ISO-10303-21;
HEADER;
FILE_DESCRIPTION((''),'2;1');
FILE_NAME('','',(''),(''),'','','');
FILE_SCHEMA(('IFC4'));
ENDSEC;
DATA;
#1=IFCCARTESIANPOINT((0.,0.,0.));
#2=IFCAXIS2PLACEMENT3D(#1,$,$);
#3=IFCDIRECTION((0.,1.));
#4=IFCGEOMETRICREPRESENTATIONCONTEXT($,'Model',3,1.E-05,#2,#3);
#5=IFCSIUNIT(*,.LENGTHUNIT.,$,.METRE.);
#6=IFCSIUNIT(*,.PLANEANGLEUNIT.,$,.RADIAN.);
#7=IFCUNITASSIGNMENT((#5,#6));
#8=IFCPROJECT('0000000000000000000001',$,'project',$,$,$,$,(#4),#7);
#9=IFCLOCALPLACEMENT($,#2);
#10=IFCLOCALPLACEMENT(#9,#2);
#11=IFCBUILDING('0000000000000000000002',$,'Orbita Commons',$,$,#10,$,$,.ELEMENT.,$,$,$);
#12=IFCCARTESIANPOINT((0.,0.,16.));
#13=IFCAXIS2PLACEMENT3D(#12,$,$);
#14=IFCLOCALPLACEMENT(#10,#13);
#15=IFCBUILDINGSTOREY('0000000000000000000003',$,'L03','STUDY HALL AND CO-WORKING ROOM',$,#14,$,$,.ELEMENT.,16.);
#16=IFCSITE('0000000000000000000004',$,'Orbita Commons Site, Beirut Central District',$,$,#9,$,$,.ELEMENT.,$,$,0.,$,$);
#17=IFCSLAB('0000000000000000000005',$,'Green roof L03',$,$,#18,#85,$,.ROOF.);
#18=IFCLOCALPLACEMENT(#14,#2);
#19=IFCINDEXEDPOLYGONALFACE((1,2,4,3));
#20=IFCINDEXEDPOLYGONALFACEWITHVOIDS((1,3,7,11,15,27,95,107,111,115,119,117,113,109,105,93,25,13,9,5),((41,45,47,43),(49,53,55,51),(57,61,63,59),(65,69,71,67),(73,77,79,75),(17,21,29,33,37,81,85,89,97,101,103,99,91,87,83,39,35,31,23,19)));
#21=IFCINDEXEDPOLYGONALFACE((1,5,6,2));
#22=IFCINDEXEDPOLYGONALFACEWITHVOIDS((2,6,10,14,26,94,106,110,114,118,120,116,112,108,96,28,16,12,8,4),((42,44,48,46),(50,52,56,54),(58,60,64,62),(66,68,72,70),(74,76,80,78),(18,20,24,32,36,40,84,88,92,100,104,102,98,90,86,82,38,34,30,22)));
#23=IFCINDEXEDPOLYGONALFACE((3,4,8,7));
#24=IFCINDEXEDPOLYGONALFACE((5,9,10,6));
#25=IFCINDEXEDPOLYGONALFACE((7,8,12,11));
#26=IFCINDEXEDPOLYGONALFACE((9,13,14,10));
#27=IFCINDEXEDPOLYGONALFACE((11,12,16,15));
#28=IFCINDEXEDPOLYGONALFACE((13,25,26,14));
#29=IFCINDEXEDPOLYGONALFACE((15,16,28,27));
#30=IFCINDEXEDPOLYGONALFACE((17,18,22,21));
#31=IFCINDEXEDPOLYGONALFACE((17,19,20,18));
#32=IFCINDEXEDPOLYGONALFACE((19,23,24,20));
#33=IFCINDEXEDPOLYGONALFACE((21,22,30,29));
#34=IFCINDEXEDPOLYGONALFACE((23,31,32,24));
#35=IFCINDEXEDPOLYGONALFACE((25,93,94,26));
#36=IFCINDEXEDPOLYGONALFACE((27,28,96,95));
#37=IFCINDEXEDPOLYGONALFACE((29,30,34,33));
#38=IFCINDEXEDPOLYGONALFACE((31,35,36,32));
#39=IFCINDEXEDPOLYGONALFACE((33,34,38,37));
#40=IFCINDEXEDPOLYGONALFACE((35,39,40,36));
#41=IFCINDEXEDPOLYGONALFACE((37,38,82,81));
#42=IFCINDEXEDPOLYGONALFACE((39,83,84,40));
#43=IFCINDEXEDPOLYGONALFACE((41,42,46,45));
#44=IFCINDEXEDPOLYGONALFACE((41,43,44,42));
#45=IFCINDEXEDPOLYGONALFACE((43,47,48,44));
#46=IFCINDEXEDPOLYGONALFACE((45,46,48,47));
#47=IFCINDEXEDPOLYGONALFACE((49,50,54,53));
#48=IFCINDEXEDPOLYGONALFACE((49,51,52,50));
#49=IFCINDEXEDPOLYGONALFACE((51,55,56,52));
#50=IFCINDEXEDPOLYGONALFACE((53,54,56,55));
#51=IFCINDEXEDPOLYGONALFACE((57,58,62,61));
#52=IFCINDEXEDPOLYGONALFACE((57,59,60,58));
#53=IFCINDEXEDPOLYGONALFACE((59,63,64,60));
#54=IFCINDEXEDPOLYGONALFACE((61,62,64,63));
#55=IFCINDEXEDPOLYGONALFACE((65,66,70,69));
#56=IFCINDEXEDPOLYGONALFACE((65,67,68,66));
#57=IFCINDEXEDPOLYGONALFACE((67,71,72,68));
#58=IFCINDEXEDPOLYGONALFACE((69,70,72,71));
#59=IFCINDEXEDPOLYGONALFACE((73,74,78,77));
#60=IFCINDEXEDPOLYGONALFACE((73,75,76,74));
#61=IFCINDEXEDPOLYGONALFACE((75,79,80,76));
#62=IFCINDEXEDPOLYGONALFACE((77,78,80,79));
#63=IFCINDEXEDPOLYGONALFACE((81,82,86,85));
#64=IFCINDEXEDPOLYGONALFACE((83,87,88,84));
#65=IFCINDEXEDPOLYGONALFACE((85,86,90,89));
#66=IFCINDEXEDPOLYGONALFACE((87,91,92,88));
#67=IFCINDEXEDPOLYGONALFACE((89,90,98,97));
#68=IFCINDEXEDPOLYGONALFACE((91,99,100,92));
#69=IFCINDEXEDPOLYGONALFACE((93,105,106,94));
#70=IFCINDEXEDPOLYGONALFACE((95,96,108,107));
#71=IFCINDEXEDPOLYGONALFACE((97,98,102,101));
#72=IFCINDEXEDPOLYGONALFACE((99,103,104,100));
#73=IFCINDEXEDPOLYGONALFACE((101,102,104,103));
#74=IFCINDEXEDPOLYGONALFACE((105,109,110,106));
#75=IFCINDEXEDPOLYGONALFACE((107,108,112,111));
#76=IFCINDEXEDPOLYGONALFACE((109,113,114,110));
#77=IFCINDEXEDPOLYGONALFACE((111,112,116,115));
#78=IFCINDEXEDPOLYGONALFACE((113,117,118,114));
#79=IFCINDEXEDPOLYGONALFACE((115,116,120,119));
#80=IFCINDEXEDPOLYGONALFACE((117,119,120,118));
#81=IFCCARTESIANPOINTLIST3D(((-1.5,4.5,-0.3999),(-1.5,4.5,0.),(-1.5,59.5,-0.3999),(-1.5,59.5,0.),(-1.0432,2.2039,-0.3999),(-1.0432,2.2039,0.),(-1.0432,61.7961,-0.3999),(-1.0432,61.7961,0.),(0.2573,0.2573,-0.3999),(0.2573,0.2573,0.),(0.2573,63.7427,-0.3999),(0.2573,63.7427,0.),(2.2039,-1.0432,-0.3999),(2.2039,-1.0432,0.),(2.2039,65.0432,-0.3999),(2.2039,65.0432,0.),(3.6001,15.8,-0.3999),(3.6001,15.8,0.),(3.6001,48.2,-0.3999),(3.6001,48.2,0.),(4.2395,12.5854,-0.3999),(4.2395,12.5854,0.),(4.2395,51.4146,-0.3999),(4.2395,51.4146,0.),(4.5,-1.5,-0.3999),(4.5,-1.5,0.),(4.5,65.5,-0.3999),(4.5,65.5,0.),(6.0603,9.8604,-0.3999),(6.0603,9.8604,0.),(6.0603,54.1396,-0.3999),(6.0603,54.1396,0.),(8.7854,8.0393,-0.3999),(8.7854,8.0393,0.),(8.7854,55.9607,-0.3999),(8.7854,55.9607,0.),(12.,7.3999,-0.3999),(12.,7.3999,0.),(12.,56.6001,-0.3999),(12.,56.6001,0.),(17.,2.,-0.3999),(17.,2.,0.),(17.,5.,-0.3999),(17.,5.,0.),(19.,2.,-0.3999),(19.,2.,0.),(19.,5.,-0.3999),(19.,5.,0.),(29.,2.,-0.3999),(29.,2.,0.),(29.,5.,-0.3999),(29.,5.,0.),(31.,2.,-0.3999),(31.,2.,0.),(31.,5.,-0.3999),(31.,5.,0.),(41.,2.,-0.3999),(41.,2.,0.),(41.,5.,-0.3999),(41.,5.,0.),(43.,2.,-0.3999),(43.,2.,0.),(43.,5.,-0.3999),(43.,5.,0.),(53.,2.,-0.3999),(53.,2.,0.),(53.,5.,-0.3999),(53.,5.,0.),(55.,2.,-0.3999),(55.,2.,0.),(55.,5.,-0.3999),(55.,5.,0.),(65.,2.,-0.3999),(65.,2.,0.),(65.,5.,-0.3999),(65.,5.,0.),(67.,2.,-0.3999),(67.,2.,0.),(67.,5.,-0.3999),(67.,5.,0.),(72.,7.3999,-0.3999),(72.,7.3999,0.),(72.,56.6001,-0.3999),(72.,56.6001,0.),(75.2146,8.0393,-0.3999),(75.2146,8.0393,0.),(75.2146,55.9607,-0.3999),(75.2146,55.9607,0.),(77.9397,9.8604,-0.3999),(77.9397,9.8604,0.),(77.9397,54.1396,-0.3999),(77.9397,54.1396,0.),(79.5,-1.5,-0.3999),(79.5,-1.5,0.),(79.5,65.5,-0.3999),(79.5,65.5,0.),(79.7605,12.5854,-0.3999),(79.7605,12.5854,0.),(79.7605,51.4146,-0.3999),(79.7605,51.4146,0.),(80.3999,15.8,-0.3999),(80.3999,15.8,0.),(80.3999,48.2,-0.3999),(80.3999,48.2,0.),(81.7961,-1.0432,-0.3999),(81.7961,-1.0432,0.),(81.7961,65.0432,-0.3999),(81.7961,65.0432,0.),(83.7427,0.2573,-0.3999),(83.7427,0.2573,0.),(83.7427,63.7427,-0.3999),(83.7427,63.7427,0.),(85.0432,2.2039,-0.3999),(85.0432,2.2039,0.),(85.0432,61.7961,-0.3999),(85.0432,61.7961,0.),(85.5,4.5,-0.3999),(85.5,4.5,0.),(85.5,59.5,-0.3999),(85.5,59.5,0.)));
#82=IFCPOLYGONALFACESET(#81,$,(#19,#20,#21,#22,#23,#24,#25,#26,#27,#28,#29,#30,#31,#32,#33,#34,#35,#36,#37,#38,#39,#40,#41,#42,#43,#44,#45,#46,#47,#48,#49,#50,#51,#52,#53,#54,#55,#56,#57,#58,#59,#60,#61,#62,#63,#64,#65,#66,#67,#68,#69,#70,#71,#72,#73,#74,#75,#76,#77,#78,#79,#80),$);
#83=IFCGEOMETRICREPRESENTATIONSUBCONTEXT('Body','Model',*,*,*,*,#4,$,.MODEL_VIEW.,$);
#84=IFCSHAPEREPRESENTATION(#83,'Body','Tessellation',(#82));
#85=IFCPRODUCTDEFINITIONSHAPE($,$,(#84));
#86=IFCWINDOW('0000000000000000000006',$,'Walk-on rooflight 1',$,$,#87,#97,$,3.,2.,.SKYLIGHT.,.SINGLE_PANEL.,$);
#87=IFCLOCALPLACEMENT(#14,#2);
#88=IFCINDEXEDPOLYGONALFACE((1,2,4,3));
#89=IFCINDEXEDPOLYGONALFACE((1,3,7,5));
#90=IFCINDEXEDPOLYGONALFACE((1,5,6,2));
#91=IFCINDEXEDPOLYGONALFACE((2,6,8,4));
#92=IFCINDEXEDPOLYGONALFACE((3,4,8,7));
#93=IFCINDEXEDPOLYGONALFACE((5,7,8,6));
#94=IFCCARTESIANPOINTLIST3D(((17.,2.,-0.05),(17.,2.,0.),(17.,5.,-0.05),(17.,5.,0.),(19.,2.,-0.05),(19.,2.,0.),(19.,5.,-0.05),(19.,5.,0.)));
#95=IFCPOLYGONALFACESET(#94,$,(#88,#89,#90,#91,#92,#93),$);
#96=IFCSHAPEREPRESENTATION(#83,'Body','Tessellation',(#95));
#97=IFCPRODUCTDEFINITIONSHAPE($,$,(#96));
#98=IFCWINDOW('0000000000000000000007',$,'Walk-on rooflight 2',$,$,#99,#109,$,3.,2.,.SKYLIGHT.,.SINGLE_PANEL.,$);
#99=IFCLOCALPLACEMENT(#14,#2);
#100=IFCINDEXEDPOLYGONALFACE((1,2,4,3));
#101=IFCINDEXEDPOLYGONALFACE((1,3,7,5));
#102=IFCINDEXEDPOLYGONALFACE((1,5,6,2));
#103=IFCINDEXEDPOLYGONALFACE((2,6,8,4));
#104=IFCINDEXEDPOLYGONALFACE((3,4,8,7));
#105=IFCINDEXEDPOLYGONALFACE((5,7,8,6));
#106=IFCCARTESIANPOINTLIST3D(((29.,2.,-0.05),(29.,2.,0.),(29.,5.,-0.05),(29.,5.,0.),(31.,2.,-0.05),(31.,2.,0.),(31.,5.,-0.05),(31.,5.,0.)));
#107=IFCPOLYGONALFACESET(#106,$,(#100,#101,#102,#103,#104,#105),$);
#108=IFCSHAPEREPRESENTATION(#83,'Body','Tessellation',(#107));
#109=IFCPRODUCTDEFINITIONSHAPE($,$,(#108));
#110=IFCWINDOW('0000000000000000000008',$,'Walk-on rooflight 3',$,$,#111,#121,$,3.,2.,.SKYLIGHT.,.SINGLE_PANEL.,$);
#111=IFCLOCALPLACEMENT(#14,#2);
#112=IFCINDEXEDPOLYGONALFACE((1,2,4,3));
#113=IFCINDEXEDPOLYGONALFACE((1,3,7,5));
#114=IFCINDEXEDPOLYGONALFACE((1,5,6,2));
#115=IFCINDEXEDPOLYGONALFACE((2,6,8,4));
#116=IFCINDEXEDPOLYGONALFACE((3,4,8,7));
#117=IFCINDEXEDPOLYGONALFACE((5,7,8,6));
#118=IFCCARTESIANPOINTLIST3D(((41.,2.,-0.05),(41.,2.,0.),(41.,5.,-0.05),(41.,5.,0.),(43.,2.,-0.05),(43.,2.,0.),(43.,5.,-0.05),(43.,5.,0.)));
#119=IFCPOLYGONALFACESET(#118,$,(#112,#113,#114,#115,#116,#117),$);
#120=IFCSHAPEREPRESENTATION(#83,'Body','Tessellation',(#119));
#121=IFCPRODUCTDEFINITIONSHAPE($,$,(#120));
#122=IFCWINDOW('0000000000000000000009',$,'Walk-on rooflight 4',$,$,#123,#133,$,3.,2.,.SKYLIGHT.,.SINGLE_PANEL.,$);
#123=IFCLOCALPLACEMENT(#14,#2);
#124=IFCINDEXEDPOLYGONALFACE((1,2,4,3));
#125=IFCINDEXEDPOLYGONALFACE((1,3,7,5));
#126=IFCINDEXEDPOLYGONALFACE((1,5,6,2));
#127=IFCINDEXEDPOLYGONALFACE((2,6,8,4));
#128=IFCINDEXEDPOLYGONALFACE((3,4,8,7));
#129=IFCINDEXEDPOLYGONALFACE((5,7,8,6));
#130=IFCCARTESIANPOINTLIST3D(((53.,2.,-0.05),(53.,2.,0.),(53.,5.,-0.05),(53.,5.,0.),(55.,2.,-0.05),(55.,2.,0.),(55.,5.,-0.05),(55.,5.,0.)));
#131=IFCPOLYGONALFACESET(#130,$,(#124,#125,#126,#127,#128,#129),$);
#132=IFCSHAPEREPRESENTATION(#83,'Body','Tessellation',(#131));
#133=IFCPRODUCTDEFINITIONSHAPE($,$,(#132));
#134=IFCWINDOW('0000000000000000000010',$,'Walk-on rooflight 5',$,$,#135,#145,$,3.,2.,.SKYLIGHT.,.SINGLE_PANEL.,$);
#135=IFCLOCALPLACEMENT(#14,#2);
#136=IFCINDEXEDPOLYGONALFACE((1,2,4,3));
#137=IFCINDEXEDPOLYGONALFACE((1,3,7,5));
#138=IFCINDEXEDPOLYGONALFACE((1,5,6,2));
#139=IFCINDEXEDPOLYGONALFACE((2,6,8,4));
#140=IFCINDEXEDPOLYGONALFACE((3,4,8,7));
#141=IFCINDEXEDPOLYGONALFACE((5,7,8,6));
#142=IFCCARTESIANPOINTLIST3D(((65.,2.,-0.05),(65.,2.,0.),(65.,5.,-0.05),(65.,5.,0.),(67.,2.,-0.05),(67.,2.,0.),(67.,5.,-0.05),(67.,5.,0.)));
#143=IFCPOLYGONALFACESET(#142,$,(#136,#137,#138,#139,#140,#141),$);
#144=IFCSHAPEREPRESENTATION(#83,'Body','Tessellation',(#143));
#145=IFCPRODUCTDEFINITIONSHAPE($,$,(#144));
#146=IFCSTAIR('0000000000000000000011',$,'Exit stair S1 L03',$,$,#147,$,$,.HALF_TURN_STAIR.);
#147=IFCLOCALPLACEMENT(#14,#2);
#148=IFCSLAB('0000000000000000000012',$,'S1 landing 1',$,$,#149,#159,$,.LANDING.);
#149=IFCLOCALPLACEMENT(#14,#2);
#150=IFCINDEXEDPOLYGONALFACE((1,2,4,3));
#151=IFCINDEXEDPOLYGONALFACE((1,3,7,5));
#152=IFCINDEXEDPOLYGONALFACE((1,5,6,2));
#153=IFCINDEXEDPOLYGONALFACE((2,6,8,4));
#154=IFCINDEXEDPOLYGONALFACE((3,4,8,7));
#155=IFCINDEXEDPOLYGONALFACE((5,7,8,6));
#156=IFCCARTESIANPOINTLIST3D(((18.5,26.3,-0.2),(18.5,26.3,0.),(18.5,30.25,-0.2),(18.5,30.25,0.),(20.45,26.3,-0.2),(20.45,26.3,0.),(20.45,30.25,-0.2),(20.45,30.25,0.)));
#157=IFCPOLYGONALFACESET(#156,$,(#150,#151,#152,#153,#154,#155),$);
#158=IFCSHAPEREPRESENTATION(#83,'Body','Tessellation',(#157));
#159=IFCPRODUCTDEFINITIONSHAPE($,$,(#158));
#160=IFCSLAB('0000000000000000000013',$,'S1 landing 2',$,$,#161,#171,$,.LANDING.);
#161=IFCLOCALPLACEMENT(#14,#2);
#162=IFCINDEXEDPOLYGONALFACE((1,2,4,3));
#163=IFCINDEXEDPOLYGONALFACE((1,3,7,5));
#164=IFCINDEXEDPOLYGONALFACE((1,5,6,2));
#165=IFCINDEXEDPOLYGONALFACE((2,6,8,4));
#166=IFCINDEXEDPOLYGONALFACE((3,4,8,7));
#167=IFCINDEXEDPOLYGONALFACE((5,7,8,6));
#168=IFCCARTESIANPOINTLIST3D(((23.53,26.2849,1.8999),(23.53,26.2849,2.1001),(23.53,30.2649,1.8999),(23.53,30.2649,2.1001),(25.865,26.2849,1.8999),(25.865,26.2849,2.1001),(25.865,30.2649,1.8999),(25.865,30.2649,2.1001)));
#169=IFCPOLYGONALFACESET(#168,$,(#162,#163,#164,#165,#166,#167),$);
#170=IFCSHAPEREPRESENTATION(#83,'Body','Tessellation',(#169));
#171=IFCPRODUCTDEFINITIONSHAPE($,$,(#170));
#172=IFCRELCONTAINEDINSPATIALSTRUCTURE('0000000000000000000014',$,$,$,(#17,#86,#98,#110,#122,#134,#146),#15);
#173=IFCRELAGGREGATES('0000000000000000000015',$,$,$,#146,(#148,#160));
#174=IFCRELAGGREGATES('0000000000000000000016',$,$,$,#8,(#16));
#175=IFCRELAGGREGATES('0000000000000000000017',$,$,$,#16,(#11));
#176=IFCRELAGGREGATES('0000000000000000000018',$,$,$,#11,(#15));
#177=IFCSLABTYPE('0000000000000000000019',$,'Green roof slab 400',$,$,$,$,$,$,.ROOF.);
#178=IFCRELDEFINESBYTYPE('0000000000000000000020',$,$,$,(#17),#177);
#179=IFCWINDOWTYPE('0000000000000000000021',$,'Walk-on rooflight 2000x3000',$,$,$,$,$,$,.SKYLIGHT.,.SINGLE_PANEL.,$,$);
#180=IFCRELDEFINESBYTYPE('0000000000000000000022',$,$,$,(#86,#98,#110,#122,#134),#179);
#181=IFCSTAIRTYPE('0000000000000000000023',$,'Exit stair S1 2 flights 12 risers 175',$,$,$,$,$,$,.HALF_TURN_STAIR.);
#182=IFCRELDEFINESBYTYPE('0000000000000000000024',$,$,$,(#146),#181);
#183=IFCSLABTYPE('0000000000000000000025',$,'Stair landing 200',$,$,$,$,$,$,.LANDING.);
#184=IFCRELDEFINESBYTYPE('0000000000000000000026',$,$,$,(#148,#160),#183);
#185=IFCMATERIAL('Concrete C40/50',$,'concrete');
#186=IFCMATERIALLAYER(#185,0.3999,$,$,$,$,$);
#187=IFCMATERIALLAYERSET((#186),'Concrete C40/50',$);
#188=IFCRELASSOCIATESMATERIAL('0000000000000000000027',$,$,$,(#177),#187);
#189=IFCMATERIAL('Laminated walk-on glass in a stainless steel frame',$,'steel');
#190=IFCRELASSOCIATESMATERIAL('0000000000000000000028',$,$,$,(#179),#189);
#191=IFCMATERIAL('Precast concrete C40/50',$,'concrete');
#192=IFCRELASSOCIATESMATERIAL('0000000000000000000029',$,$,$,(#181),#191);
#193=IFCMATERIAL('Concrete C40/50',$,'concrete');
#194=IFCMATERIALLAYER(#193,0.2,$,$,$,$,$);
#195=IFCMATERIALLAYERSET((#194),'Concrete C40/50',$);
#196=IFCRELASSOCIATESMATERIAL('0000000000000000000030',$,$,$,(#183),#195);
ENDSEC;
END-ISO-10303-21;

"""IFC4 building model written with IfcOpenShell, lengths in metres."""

from ifc_helpers import new_model, si_unit, direction, frame, origin, origin_2d, place, context, subcontext, project, spatial, polyline, rectangle, outline, extrude, material, layer, layer_set, type_object, element, fill, aggregate, save


model = new_model("IFC4")

# Units and contexts
model_context = context("Model", 3, precision=1e-05, world=origin(), true_north=direction((0.0, 1.0)))
body_context = subcontext(model_context, "Body", "Model", "MODEL_VIEW")
ifc_project = project(units=[si_unit("LENGTHUNIT", "METRE"), si_unit("PLANEANGLEUNIT", "RADIAN")], contexts=[model_context])

# Site, building, storey
site_placement = place(None, origin())
site = spatial("IfcSite", under=ifc_project, at=site_placement, Name="Orbita Commons Site, Beirut Central District", CompositionType="ELEMENT", RefElevation=0.0)
building_placement = place(site_placement, origin())
building = spatial("IfcBuilding", under=site, at=building_placement, Name="Orbita Commons", CompositionType="ELEMENT")
storey_placement = place(building_placement, frame((0.0, 0.0, 16.0)))
storey = spatial("IfcBuildingStorey", under=building, at=storey_placement, Name="L03", Description="STUDY HALL AND CO-WORKING ROOM", CompositionType="ELEMENT", Elevation=16.0)

# Slab, openings, windows
ifc_material_1 = material(Name="Concrete C40/50", Category="concrete")
ifc_layer_1 = layer(ifc_material_1, 0.3999)
ifc_layer_set_1 = layer_set([ifc_layer_1], Name="Concrete C40/50")
slab_type_1 = type_object("IfcSlabType", Name="Green roof slab 400", PredefinedType="ROOF", material=ifc_layer_set_1)
slab_1_placement = place(storey_placement, frame((0.0, 0.0, -0.3999)))
slab_1 = element("IfcSlab", 1, at=slab_1_placement, inside=storey, type_object=slab_type_1, Name="Green roof L03", PredefinedType="ROOF", context=body_context, shape_type="SweptSolid", body=[
    extrude(outline(polyline([(4.5, -1.5), (2.2039, -1.0432), (0.2573, 0.2573), (-1.0432, 2.2039), (-1.5, 4.5), (-1.5, 59.5), (-1.0432, 61.7961), (0.2573, 63.7427), (2.2039, 65.0432), (4.5, 65.5), (79.5, 65.5), (81.7961, 65.0432), (83.7427, 63.7427), (85.0432, 61.7961), (85.5, 59.5), (85.5, 4.5), (85.0432, 2.2039), (83.7427, 0.2573), (81.7961, -1.0432), (79.5, -1.5), (4.5, -1.5)]), holes=[polyline([(75.2146, 8.0393), (77.9397, 9.8604), (79.7605, 12.5854), (80.3999, 15.8), (80.3999, 48.2), (79.7605, 51.4146), (77.9397, 54.1396), (75.2146, 55.9607), (72.0, 56.6001), (12.0, 56.6001), (8.7854, 55.9607), (6.0603, 54.1396), (4.2395, 51.4146), (3.6001, 48.2), (3.6001, 15.8), (4.2395, 12.5854), (6.0603, 9.8604), (8.7854, 8.0393), (12.0, 7.3999), (72.0, 7.3999), (75.2146, 8.0393)])]), origin(), (0.0, 0.0, 1.0), 0.3999),
])
opening_1_placement = place(slab_1_placement, frame((18.0, 3.5, 0.0)))
opening_1 = element("IfcOpeningElement", 2, at=opening_1_placement, cuts=slab_1, PredefinedType="OPENING", context=body_context, shape_type="SweptSolid", body=[
    extrude(rectangle(XDim=2.0, YDim=3.0, at=origin_2d()), origin(), (0.0, 0.0, 1.0), 0.3999),
])
opening_2_placement = place(slab_1_placement, frame((30.0, 3.5, 0.0)))
opening_2 = element("IfcOpeningElement", 3, at=opening_2_placement, cuts=slab_1, PredefinedType="OPENING", context=body_context, shape_type="SweptSolid", body=[
    extrude(rectangle(XDim=2.0, YDim=3.0, at=origin_2d()), origin(), (0.0, 0.0, 1.0), 0.3999),
])
opening_3_placement = place(slab_1_placement, frame((42.0, 3.5, 0.0)))
opening_3 = element("IfcOpeningElement", 4, at=opening_3_placement, cuts=slab_1, PredefinedType="OPENING", context=body_context, shape_type="SweptSolid", body=[
    extrude(rectangle(XDim=2.0, YDim=3.0, at=origin_2d()), origin(), (0.0, 0.0, 1.0), 0.3999),
])
opening_4_placement = place(slab_1_placement, frame((54.0, 3.5, 0.0)))
opening_4 = element("IfcOpeningElement", 5, at=opening_4_placement, cuts=slab_1, PredefinedType="OPENING", context=body_context, shape_type="SweptSolid", body=[
    extrude(rectangle(XDim=2.0, YDim=3.0, at=origin_2d()), origin(), (0.0, 0.0, 1.0), 0.3999),
])
opening_5_placement = place(slab_1_placement, frame((66.0, 3.5, 0.0)))
opening_5 = element("IfcOpeningElement", 6, at=opening_5_placement, cuts=slab_1, PredefinedType="OPENING", context=body_context, shape_type="SweptSolid", body=[
    extrude(rectangle(XDim=2.0, YDim=3.0, at=origin_2d()), origin(), (0.0, 0.0, 1.0), 0.3999),
])
ifc_material_2 = material(Name="Laminated walk-on glass in a stainless steel frame", Category="steel")
window_type_1 = type_object("IfcWindowType", Name="Walk-on rooflight 2000x3000", PartitioningType="SINGLE_PANEL", PredefinedType="SKYLIGHT", material=ifc_material_2)
window_1_placement = place(opening_1_placement, frame((0.0, 0.0, 0.3499)))
window_1 = element("IfcWindow", 7, at=window_1_placement, inside=storey, type_object=window_type_1, Name="Walk-on rooflight 1", OverallHeight=3.0, OverallWidth=2.0, PartitioningType="SINGLE_PANEL", PredefinedType="SKYLIGHT", context=body_context, shape_type="SweptSolid", body=[
    extrude(rectangle(XDim=2.0, YDim=3.0, at=origin_2d()), origin(), (0.0, 0.0, 1.0), 0.05),
])
fill(opening_1, window_1)
window_2_placement = place(opening_2_placement, frame((0.0, 0.0, 0.3499)))
window_2 = element("IfcWindow", 8, at=window_2_placement, inside=storey, type_object=window_type_1, Name="Walk-on rooflight 2", OverallHeight=3.0, OverallWidth=2.0, PartitioningType="SINGLE_PANEL", PredefinedType="SKYLIGHT", context=body_context, shape_type="SweptSolid", body=[
    extrude(rectangle(XDim=2.0, YDim=3.0, at=origin_2d()), origin(), (0.0, 0.0, 1.0), 0.05),
])
fill(opening_2, window_2)
window_3_placement = place(opening_3_placement, frame((0.0, 0.0, 0.3499)))
window_3 = element("IfcWindow", 9, at=window_3_placement, inside=storey, type_object=window_type_1, Name="Walk-on rooflight 3", OverallHeight=3.0, OverallWidth=2.0, PartitioningType="SINGLE_PANEL", PredefinedType="SKYLIGHT", context=body_context, shape_type="SweptSolid", body=[
    extrude(rectangle(XDim=2.0, YDim=3.0, at=origin_2d()), origin(), (0.0, 0.0, 1.0), 0.05),
])
fill(opening_3, window_3)
window_4_placement = place(opening_4_placement, frame((0.0, 0.0, 0.3499)))
window_4 = element("IfcWindow", 10, at=window_4_placement, inside=storey, type_object=window_type_1, Name="Walk-on rooflight 4", OverallHeight=3.0, OverallWidth=2.0, PartitioningType="SINGLE_PANEL", PredefinedType="SKYLIGHT", context=body_context, shape_type="SweptSolid", body=[
    extrude(rectangle(XDim=2.0, YDim=3.0, at=origin_2d()), origin(), (0.0, 0.0, 1.0), 0.05),
])
fill(opening_4, window_4)
window_5_placement = place(opening_5_placement, frame((0.0, 0.0, 0.3499)))
window_5 = element("IfcWindow", 11, at=window_5_placement, inside=storey, type_object=window_type_1, Name="Walk-on rooflight 5", OverallHeight=3.0, OverallWidth=2.0, PartitioningType="SINGLE_PANEL", PredefinedType="SKYLIGHT", context=body_context, shape_type="SweptSolid", body=[
    extrude(rectangle(XDim=2.0, YDim=3.0, at=origin_2d()), origin(), (0.0, 0.0, 1.0), 0.05),
])
fill(opening_5, window_5)

# Stair, slabs
ifc_material_3 = material(Name="Precast concrete C40/50", Category="concrete")
stair_type_1 = type_object("IfcStairType", Name="Exit stair S1 2 flights 12 risers 175", PredefinedType="HALF_TURN_STAIR", material=ifc_material_3)
stair_1_placement = place(storey_placement, origin())
stair_1 = element("IfcStair", 12, at=stair_1_placement, inside=storey, type_object=stair_type_1, Name="Exit stair S1 L03", PredefinedType="HALF_TURN_STAIR")
ifc_material_4 = material(Name="Concrete C40/50", Category="concrete")
ifc_layer_2 = layer(ifc_material_4, 0.2)
ifc_layer_set_2 = layer_set([ifc_layer_2], Name="Concrete C40/50")
slab_type_2 = type_object("IfcSlabType", Name="Stair landing 200", PredefinedType="LANDING", material=ifc_layer_set_2)
slab_2_placement = place(storey_placement, frame((0.0, 0.0, -0.2)))
slab_2 = element("IfcSlab", 13, at=slab_2_placement, type_object=slab_type_2, Name="S1 landing 1", PredefinedType="LANDING", context=body_context, shape_type="SweptSolid", body=[
    extrude(outline(polyline([(18.5, 26.3), (20.45, 26.3), (20.45, 30.25), (18.5, 30.25), (18.5, 26.3)])), origin(), (0.0, 0.0, 1.0), 0.2),
])
slab_3_placement = place(storey_placement, frame((0.0, 0.0, 1.8999)))
slab_3 = element("IfcSlab", 14, at=slab_3_placement, type_object=slab_type_2, Name="S1 landing 2", PredefinedType="LANDING", context=body_context, shape_type="SweptSolid", body=[
    extrude(outline(polyline([(23.53, 26.2849), (25.865, 26.2849), (25.865, 30.2649), (23.53, 30.2649), (23.53, 26.2849)])), origin(), (0.0, 0.0, 1.0), 0.2002),
])
aggregate(stair_1, [slab_2, slab_3])

save(model, "model.ifc")
